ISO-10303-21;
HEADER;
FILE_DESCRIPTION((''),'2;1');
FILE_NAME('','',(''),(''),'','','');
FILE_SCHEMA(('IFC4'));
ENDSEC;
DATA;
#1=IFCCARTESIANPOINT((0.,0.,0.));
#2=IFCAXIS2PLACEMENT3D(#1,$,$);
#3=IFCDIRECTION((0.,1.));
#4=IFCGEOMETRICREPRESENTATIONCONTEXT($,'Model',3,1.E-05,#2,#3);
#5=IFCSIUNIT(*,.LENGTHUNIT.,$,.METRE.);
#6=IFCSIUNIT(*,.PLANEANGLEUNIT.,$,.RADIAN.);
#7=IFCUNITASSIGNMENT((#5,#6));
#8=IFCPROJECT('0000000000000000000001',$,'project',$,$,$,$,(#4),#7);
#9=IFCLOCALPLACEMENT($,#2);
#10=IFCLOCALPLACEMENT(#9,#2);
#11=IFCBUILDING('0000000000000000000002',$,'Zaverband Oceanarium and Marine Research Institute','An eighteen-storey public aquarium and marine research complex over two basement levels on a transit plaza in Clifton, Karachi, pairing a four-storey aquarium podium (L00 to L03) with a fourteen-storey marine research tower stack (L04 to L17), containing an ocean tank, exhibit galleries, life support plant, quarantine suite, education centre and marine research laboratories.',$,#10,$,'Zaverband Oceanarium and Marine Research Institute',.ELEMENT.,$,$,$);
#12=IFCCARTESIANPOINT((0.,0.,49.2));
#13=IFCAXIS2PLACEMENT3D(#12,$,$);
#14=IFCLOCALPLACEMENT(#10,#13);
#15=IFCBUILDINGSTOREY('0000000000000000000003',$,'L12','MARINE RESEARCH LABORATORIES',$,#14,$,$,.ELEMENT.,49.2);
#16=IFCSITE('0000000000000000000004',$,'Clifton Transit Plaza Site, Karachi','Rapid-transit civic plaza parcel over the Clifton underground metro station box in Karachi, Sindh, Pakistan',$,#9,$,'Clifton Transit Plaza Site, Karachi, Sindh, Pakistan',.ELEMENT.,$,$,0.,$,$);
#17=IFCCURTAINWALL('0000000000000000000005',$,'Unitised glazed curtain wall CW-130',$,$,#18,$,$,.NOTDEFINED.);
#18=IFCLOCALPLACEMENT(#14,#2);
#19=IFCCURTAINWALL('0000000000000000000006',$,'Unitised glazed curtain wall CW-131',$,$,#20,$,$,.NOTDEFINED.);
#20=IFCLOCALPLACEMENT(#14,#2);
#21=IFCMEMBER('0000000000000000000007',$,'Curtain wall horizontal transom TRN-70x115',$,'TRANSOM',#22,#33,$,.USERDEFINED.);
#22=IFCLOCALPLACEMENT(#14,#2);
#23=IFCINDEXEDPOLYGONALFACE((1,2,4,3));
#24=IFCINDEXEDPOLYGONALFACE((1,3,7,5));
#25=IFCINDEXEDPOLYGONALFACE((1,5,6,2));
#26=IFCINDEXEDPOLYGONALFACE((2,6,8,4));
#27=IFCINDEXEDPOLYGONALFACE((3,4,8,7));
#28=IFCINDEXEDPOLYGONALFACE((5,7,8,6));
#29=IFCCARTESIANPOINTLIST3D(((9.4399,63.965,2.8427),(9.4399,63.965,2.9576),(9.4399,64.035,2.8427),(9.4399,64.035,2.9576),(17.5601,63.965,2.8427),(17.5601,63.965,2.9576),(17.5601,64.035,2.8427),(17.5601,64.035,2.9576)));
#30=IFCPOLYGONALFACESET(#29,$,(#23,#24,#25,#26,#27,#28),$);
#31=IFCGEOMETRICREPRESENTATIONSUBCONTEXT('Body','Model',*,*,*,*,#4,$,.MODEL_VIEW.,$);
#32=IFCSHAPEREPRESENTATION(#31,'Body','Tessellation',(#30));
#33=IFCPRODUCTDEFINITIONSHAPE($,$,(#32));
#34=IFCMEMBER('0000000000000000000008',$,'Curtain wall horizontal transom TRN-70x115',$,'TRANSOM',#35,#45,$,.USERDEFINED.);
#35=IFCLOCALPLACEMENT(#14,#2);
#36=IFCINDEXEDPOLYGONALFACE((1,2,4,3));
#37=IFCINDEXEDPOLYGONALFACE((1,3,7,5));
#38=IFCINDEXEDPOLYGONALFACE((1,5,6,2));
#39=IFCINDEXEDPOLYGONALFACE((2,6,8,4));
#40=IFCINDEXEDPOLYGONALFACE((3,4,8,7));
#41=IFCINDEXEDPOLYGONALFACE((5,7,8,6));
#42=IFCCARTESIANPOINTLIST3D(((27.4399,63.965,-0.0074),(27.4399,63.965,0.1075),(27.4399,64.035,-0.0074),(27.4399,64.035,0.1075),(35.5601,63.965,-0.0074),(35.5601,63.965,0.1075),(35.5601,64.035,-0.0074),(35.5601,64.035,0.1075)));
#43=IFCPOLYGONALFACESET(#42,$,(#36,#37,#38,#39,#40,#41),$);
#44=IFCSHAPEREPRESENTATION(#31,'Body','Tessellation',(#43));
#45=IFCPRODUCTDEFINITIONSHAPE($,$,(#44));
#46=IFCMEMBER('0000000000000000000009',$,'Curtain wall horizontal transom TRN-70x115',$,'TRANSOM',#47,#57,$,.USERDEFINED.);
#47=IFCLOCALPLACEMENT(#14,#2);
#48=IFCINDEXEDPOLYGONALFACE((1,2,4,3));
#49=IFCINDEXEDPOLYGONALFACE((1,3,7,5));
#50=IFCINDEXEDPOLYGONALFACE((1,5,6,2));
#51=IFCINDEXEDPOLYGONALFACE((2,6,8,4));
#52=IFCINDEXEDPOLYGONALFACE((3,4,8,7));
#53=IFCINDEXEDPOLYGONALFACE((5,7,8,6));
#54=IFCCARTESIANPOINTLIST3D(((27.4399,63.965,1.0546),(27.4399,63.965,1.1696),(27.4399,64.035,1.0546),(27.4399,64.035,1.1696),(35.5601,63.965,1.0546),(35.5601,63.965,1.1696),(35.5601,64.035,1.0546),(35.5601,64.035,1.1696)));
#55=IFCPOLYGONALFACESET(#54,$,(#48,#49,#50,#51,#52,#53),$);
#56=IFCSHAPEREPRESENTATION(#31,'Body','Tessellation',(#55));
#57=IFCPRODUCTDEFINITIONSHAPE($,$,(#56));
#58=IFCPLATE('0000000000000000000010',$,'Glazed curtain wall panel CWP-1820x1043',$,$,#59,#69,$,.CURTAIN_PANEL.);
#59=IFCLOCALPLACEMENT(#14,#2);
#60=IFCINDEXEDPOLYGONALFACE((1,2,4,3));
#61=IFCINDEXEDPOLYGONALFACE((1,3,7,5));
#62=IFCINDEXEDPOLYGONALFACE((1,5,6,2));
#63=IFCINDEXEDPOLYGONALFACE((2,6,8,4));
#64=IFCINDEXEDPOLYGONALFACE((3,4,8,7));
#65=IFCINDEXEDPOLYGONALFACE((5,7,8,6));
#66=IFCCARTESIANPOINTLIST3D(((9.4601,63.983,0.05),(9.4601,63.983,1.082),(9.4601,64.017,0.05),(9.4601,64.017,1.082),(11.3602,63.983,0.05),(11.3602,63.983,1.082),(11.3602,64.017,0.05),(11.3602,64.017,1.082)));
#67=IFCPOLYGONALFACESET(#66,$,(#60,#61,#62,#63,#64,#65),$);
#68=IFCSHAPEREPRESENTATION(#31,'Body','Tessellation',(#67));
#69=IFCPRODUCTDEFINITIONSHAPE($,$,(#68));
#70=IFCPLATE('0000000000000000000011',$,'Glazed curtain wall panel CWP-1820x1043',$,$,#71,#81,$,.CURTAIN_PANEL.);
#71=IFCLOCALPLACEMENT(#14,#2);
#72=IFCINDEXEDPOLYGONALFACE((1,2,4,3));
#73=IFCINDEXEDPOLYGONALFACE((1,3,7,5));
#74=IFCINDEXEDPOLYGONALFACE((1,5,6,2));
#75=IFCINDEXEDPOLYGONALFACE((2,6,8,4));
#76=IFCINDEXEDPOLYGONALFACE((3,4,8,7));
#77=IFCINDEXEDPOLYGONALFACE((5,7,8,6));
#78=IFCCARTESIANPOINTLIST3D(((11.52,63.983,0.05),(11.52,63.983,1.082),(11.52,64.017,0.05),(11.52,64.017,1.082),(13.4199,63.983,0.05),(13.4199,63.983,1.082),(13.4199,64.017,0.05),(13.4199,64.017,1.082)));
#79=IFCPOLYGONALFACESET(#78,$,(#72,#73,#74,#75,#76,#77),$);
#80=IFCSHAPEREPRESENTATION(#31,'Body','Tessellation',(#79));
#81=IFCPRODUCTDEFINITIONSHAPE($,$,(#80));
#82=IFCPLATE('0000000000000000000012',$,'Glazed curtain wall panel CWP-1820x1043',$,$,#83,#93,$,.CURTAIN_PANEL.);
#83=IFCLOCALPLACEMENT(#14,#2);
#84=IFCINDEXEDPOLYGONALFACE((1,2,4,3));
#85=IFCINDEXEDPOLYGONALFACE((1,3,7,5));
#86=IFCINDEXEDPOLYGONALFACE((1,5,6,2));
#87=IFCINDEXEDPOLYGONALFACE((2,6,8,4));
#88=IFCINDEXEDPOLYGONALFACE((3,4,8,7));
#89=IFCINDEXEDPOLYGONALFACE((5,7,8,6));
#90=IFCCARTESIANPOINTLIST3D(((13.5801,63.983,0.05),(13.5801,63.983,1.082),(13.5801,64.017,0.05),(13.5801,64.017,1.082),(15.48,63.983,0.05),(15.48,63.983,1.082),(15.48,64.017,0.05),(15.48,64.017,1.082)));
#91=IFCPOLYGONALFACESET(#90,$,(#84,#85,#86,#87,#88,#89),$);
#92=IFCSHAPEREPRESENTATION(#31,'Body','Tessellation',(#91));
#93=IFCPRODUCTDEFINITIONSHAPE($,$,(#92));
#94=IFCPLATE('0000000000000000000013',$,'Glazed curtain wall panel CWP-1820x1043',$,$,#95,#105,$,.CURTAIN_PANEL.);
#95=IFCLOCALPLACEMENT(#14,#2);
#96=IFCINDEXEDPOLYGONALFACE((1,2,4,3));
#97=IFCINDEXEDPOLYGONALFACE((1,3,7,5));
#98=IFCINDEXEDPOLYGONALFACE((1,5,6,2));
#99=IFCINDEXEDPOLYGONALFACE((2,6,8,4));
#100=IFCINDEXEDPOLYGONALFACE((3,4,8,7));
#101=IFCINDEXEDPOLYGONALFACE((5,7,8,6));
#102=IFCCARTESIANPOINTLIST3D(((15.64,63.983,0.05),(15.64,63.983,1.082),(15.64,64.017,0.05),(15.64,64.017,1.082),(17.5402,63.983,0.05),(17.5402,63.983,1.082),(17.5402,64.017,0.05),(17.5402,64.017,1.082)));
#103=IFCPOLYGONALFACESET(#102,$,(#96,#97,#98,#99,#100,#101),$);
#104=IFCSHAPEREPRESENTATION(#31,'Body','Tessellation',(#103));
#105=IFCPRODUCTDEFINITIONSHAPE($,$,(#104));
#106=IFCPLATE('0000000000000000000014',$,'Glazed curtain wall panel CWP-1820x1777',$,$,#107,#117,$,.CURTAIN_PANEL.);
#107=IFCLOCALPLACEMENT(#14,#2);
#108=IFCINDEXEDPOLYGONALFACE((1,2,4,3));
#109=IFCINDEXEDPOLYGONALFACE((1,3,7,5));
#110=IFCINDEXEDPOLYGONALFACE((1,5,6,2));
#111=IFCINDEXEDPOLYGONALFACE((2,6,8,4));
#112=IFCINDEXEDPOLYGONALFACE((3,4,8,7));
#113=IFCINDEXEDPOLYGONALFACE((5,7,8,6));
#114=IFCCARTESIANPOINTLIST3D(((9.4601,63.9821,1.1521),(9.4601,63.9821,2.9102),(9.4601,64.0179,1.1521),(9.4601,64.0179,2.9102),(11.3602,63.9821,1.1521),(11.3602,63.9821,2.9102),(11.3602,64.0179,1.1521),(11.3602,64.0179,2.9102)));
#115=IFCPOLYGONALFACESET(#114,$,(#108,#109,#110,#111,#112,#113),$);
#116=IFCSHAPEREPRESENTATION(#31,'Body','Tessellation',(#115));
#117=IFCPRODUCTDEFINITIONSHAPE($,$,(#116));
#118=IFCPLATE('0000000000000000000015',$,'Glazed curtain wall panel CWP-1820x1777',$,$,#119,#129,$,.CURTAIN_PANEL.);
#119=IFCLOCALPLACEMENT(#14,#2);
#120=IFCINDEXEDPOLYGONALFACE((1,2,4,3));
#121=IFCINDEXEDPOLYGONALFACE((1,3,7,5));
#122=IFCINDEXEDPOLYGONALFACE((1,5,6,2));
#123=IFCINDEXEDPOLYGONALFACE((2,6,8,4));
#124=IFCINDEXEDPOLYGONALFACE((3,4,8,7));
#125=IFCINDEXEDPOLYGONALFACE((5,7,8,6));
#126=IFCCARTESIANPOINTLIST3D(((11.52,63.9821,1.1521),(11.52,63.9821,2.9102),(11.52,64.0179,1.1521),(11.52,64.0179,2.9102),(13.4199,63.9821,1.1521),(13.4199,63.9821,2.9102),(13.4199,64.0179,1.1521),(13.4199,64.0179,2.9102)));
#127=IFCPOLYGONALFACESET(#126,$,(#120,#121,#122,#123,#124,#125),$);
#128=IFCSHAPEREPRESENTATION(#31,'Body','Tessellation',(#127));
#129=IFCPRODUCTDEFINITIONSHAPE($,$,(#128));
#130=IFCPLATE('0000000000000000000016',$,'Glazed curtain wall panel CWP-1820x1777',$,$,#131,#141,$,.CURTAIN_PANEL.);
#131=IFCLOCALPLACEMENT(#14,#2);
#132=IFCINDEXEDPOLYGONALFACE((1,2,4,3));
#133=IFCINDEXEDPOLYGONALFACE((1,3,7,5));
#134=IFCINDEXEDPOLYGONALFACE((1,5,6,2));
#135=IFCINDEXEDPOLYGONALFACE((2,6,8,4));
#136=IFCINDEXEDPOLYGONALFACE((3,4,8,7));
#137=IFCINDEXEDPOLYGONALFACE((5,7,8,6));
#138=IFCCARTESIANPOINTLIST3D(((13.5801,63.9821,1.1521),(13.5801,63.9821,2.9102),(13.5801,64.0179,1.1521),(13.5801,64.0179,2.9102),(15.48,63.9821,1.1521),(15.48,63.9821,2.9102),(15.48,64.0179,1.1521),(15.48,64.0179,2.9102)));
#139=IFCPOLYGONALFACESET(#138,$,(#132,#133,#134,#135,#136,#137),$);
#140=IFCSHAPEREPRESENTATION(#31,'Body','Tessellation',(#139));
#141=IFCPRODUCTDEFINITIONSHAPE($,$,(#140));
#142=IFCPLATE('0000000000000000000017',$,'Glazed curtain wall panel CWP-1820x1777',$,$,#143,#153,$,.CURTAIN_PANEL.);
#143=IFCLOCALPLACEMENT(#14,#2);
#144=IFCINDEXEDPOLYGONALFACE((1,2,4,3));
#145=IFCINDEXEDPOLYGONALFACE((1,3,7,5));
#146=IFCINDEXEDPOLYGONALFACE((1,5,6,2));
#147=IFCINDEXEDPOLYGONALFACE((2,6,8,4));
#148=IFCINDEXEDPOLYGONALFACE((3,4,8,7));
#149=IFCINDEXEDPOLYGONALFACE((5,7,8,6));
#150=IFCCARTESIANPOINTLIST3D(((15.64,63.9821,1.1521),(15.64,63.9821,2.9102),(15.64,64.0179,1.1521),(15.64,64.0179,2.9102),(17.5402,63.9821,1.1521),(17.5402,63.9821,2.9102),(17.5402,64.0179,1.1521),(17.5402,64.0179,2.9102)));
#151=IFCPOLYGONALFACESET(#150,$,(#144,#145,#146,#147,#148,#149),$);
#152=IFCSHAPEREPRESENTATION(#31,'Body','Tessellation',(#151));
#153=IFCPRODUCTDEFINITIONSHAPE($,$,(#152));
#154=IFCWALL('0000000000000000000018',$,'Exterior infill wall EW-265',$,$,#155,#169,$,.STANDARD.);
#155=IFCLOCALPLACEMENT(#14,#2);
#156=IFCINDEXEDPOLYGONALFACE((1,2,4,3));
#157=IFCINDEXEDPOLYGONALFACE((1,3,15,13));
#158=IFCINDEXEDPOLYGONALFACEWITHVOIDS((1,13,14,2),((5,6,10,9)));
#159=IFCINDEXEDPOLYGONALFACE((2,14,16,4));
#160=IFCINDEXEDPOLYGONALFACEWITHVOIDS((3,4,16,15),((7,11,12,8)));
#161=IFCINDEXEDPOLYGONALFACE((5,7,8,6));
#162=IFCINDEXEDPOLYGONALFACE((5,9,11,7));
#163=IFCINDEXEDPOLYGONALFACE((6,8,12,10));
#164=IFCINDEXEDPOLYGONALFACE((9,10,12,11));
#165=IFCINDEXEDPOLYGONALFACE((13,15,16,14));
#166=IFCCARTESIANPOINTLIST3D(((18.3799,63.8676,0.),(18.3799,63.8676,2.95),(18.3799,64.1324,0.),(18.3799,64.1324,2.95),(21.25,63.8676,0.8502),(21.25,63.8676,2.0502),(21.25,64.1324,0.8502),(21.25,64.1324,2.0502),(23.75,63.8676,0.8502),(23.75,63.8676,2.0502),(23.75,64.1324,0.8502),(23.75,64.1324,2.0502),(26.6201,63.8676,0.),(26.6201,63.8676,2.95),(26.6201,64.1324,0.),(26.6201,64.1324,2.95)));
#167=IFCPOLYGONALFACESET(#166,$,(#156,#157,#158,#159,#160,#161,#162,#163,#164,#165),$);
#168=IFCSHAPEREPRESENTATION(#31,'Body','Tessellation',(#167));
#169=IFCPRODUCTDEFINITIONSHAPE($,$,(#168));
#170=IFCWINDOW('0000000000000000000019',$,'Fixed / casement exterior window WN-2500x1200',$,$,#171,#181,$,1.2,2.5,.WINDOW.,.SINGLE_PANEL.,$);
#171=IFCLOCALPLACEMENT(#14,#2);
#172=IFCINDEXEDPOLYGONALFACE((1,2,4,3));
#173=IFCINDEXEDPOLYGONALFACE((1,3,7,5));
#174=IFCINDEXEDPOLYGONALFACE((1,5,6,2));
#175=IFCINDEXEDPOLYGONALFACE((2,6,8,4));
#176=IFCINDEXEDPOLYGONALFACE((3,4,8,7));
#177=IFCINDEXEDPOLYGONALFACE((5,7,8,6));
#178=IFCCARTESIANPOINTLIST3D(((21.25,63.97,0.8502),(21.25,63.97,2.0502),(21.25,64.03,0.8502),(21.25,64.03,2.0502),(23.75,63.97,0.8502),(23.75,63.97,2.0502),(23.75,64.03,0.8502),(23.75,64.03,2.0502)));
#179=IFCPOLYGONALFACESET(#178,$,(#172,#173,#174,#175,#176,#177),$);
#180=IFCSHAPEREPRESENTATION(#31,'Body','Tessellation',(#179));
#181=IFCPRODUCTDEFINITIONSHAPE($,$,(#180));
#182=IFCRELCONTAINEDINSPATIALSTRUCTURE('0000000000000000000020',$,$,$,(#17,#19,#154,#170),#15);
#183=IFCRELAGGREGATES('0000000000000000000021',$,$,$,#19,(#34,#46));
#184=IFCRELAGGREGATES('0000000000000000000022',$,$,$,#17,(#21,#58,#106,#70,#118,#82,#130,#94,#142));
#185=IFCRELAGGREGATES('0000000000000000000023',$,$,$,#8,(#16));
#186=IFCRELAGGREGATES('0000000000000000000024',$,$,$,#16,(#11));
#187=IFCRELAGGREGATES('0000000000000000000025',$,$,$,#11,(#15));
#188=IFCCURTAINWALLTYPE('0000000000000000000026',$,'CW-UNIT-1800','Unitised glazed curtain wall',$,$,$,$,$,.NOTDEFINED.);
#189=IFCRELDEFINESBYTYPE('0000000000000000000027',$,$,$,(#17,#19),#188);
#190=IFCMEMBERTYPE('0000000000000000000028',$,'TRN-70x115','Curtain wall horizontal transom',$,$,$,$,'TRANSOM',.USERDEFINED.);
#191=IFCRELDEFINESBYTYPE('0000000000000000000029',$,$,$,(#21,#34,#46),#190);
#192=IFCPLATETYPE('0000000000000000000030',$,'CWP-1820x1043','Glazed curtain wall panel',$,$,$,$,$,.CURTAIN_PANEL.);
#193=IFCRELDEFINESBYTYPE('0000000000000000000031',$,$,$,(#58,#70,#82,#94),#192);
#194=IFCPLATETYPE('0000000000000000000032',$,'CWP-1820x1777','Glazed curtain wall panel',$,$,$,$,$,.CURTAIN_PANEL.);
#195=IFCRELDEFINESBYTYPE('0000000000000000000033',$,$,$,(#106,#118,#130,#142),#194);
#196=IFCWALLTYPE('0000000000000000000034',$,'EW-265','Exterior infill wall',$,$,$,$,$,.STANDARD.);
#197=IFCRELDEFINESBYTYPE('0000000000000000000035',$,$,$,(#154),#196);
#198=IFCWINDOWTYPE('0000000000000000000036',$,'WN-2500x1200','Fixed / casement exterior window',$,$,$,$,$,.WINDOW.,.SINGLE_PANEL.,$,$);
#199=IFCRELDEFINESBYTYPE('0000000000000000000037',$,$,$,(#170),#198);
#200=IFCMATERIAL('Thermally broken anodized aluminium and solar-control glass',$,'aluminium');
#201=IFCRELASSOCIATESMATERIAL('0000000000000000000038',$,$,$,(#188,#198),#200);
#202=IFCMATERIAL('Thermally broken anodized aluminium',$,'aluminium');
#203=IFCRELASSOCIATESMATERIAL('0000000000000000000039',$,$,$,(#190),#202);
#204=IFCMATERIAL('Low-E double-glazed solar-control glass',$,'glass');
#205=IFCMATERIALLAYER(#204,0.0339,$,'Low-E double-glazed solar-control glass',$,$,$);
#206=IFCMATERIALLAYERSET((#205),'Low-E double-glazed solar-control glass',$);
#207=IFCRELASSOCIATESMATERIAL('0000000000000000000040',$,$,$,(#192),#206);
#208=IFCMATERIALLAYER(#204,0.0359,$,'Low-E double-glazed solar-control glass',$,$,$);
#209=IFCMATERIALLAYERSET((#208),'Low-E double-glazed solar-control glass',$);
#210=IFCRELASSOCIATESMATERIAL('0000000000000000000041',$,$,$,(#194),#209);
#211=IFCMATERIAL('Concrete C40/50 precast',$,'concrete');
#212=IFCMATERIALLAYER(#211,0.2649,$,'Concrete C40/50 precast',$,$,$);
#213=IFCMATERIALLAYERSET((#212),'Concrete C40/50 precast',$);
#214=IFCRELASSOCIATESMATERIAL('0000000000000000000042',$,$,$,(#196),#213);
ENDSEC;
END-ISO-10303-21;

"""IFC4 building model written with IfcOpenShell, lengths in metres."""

from ifc_helpers import new_model, si_unit, direction, frame, frame_2d, origin, origin_2d, place, context, subcontext, project, spatial, rectangle, extrude, material, layer, layer_set, material_profile, profile_set, type_object, element, fill, aggregate, save


model = new_model("IFC4")

# Units and contexts
model_context = context("Model", 3, precision=1e-05, world=origin(), true_north=direction((0.0, 1.0)))
body_context = subcontext(model_context, "Body", "Model", "MODEL_VIEW")
ifc_project = project(units=[si_unit("LENGTHUNIT", "METRE"), si_unit("PLANEANGLEUNIT", "RADIAN")], contexts=[model_context])

# Site, building, storey
site_placement = place(None, origin())
site = spatial("IfcSite", under=ifc_project, at=site_placement, Name="Clifton Transit Plaza Site, Karachi", Description="Rapid-transit civic plaza parcel over the Clifton underground metro station box in Karachi, Sindh, Pakistan", LongName="Clifton Transit Plaza Site, Karachi, Sindh, Pakistan", CompositionType="ELEMENT", RefElevation=0.0)
building_placement = place(site_placement, origin())
building = spatial("IfcBuilding", under=site, at=building_placement, Name="Zaverband Oceanarium and Marine Research Institute", Description="An eighteen-storey public aquarium and marine research complex over two basement levels on a transit plaza in Clifton, Karachi, pairing a four-storey aquarium podium (L00 to L03) with a fourteen-storey marine research tower stack (L04 to L17), containing an ocean tank, exhibit galleries, life support plant, quarantine suite, education centre and marine research laboratories.", LongName="Zaverband Oceanarium and Marine Research Institute", CompositionType="ELEMENT")
storey_placement = place(building_placement, frame((0.0, 0.0, 49.2)))
storey = spatial("IfcBuildingStorey", under=building, at=storey_placement, Name="L12", Description="MARINE RESEARCH LABORATORIES", CompositionType="ELEMENT", Elevation=49.2)

# Curtain walls
ifc_material_1 = material(Name="Thermally broken anodized aluminium and solar-control glass", Category="aluminium")
curtain_wall_type = type_object("IfcCurtainWallType", Name="CW-UNIT-1800", Description="Unitised glazed curtain wall", PredefinedType="NOTDEFINED", material=ifc_material_1)
curtain_wall_1_placement = place(storey_placement, origin())
curtain_wall_1 = element("IfcCurtainWall", 1, at=curtain_wall_1_placement, inside=storey, type_object=curtain_wall_type, Name="Unitised glazed curtain wall CW-130", PredefinedType="NOTDEFINED")
ifc_material_2 = material(Name="Thermally broken anodized aluminium", Category="aluminium")
curtain_wall_2_placement = place(storey_placement, origin())
curtain_wall_2 = element("IfcCurtainWall", 2, at=curtain_wall_2_placement, inside=storey, type_object=curtain_wall_type, Name="Unitised glazed curtain wall CW-131", PredefinedType="NOTDEFINED")

# Members
ifc_material_profile_1 = material_profile(ifc_material_2, rectangle(XDim=0.0701, YDim=0.115, at=origin_2d()), Name="AL-TRN-70x115")
ifc_profile_set_1 = profile_set([ifc_material_profile_1], Name="Thermally broken anodized aluminium")
member_type_1 = type_object("IfcMemberType", Name="TRN-70x115", Description="Curtain wall horizontal transom", ElementType="TRANSOM", PredefinedType="USERDEFINED", material=ifc_profile_set_1)
member_1_placement = place(storey_placement, frame((9.4399, 64.0, 2.9001), z_axis=(1.0, 0.0, 0.0), x_axis=(0.0, 1.0, 0.0)))
member_1 = element("IfcMember", 3, at=member_1_placement, type_object=member_type_1, Name="Curtain wall horizontal transom TRN-70x115", ObjectType="TRANSOM", PredefinedType="USERDEFINED", context=body_context, shape_type="SweptSolid", body=[
    extrude(rectangle(XDim=0.0701, YDim=0.115, at=origin_2d()), origin(), (0.0, 0.0, 1.0), 8.1201),
])
member_2_placement = place(storey_placement, frame((27.4399, 64.0, 0.05), z_axis=(1.0, 0.0, 0.0), x_axis=(0.0, 1.0, 0.0)))
member_2 = element("IfcMember", 4, at=member_2_placement, type_object=member_type_1, Name="Curtain wall horizontal transom TRN-70x115", ObjectType="TRANSOM", PredefinedType="USERDEFINED", context=body_context, shape_type="SweptSolid", body=[
    extrude(rectangle(XDim=0.0701, YDim=0.115, at=origin_2d()), origin(), (0.0, 0.0, 1.0), 8.1201),
])
member_3_placement = place(storey_placement, frame((27.4399, 64.0, 1.1121), z_axis=(1.0, 0.0, 0.0), x_axis=(0.0, 1.0, 0.0)))
member_3 = element("IfcMember", 5, at=member_3_placement, type_object=member_type_1, Name="Curtain wall horizontal transom TRN-70x115", ObjectType="TRANSOM", PredefinedType="USERDEFINED", context=body_context, shape_type="SweptSolid", body=[
    extrude(rectangle(XDim=0.0701, YDim=0.115, at=origin_2d()), origin(), (0.0, 0.0, 1.0), 8.1201),
])
aggregate(curtain_wall_2, [member_2, member_3])

# Plates
ifc_material_3 = material(Name="Low-E double-glazed solar-control glass", Category="glass")
ifc_layer_1 = layer(ifc_material_3, 0.0339, Name="Low-E double-glazed solar-control glass")
ifc_layer_set_1 = layer_set([ifc_layer_1], Name="Low-E double-glazed solar-control glass")
plate_type_1 = type_object("IfcPlateType", Name="CWP-1820x1043", Description="Glazed curtain wall panel", PredefinedType="CURTAIN_PANEL", material=ifc_layer_set_1)
plate_1_placement = place(storey_placement, frame((9.46, 64.0, 0.05), z_axis=(0.0, 0.0, 1.0), x_axis=(1.0, 0.0, 0.0)))
plate_1 = element("IfcPlate", 6, at=plate_1_placement, type_object=plate_type_1, Name="Glazed curtain wall panel CWP-1820x1043", PredefinedType="CURTAIN_PANEL", context=body_context, shape_type="SweptSolid", body=[
    extrude(rectangle(XDim=1.9001, YDim=0.0339, at=frame_2d((0.9502, 0.0))), origin(), (0.0, 0.0, 1.0), 1.032),
])
plate_2_placement = place(storey_placement, frame((11.52, 64.0, 0.05), z_axis=(0.0, 0.0, 1.0), x_axis=(1.0, 0.0, 0.0)))
plate_2 = element("IfcPlate", 7, at=plate_2_placement, type_object=plate_type_1, Name="Glazed curtain wall panel CWP-1820x1043", PredefinedType="CURTAIN_PANEL", context=body_context, shape_type="SweptSolid", body=[
    extrude(rectangle(XDim=1.8999, YDim=0.0339, at=frame_2d((0.95, 0.0))), origin(), (0.0, 0.0, 1.0), 1.032),
])
plate_3_placement = place(storey_placement, frame((13.5801, 64.0, 0.05), z_axis=(0.0, 0.0, 1.0), x_axis=(1.0, 0.0, 0.0)))
plate_3 = element("IfcPlate", 8, at=plate_3_placement, type_object=plate_type_1, Name="Glazed curtain wall panel CWP-1820x1043", PredefinedType="CURTAIN_PANEL", context=body_context, shape_type="SweptSolid", body=[
    extrude(rectangle(XDim=1.8999, YDim=0.0339, at=frame_2d((0.95, 0.0))), origin(), (0.0, 0.0, 1.0), 1.032),
])
plate_4_placement = place(storey_placement, frame((15.6399, 64.0, 0.05), z_axis=(0.0, 0.0, 1.0), x_axis=(1.0, 0.0, 0.0)))
plate_4 = element("IfcPlate", 9, at=plate_4_placement, type_object=plate_type_1, Name="Glazed curtain wall panel CWP-1820x1043", PredefinedType="CURTAIN_PANEL", context=body_context, shape_type="SweptSolid", body=[
    extrude(rectangle(XDim=1.9001, YDim=0.0339, at=frame_2d((0.9502, 0.0))), origin(), (0.0, 0.0, 1.0), 1.032),
])
ifc_layer_2 = layer(ifc_material_3, 0.0359, Name="Low-E double-glazed solar-control glass")
ifc_layer_set_2 = layer_set([ifc_layer_2], Name="Low-E double-glazed solar-control glass")
plate_type_2 = type_object("IfcPlateType", Name="CWP-1820x1777", Description="Glazed curtain wall panel", PredefinedType="CURTAIN_PANEL", material=ifc_layer_set_2)
plate_5_placement = place(storey_placement, frame((9.46, 64.0, 1.1521), z_axis=(0.0, 0.0, 1.0), x_axis=(1.0, 0.0, 0.0)))
plate_5 = element("IfcPlate", 10, at=plate_5_placement, type_object=plate_type_2, Name="Glazed curtain wall panel CWP-1820x1777", PredefinedType="CURTAIN_PANEL", context=body_context, shape_type="SweptSolid", body=[
    extrude(rectangle(XDim=1.9001, YDim=0.0359, at=frame_2d((0.9502, 0.0))), origin(), (0.0, 0.0, 1.0), 1.7581),
])
plate_6_placement = place(storey_placement, frame((11.52, 64.0, 1.1521), z_axis=(0.0, 0.0, 1.0), x_axis=(1.0, 0.0, 0.0)))
plate_6 = element("IfcPlate", 11, at=plate_6_placement, type_object=plate_type_2, Name="Glazed curtain wall panel CWP-1820x1777", PredefinedType="CURTAIN_PANEL", context=body_context, shape_type="SweptSolid", body=[
    extrude(rectangle(XDim=1.8999, YDim=0.0359, at=frame_2d((0.95, 0.0))), origin(), (0.0, 0.0, 1.0), 1.7581),
])
plate_7_placement = place(storey_placement, frame((13.5801, 64.0, 1.1521), z_axis=(0.0, 0.0, 1.0), x_axis=(1.0, 0.0, 0.0)))
plate_7 = element("IfcPlate", 12, at=plate_7_placement, type_object=plate_type_2, Name="Glazed curtain wall panel CWP-1820x1777", PredefinedType="CURTAIN_PANEL", context=body_context, shape_type="SweptSolid", body=[
    extrude(rectangle(XDim=1.8999, YDim=0.0359, at=frame_2d((0.95, 0.0))), origin(), (0.0, 0.0, 1.0), 1.7581),
])
plate_8_placement = place(storey_placement, frame((15.6399, 64.0, 1.1521), z_axis=(0.0, 0.0, 1.0), x_axis=(1.0, 0.0, 0.0)))
plate_8 = element("IfcPlate", 13, at=plate_8_placement, type_object=plate_type_2, Name="Glazed curtain wall panel CWP-1820x1777", PredefinedType="CURTAIN_PANEL", context=body_context, shape_type="SweptSolid", body=[
    extrude(rectangle(XDim=1.9001, YDim=0.0359, at=frame_2d((0.9502, 0.0))), origin(), (0.0, 0.0, 1.0), 1.7581),
])
aggregate(curtain_wall_1, [member_1, plate_1, plate_5, plate_2, plate_6, plate_3, plate_7, plate_4, plate_8])

# Wall, opening, window
ifc_material_4 = material(Name="Concrete C40/50 precast", Category="concrete")
ifc_layer_3 = layer(ifc_material_4, 0.2649, Name="Concrete C40/50 precast")
ifc_layer_set_3 = layer_set([ifc_layer_3], Name="Concrete C40/50 precast")
wall_type = type_object("IfcWallType", Name="EW-265", Description="Exterior infill wall", PredefinedType="STANDARD", material=ifc_layer_set_3)
wall_placement = place(storey_placement, frame((18.3799, 64.0, 0.0), z_axis=(0.0, 0.0, 1.0), x_axis=(1.0, 0.0, 0.0)))
wall = element("IfcWall", 14, at=wall_placement, inside=storey, type_object=wall_type, Name="Exterior infill wall EW-265", PredefinedType="STANDARD", context=body_context, shape_type="SweptSolid", body=[
    extrude(rectangle(XDim=8.2402, YDim=0.2649, at=frame_2d((4.1201, 0.0))), origin(), (0.0, 0.0, 1.0), 2.95),
])
opening_placement = place(wall_placement, frame((2.8701, 0.0, 0.8501)))
opening = element("IfcOpeningElement", 15, at=opening_placement, cuts=wall, PredefinedType="OPENING", context=body_context, shape_type="SweptSolid", body=[
    extrude(rectangle(XDim=2.5, YDim=1.2, at=frame_2d((1.25, 0.6001))), frame((0.0, 0.1445, 0.0), z_axis=(0.0, -1.0, 0.0), x_axis=(1.0, 0.0, 0.0)), (0.0, 0.0, 1.0), 0.2888),
])
window_type = type_object("IfcWindowType", Name="WN-2500x1200", Description="Fixed / casement exterior window", PartitioningType="SINGLE_PANEL", PredefinedType="WINDOW", material=ifc_material_1)
window_placement = place(opening_placement, origin())
window = element("IfcWindow", 16, at=window_placement, inside=storey, type_object=window_type, Name="Fixed / casement exterior window WN-2500x1200", OverallHeight=1.2, OverallWidth=2.5, PartitioningType="SINGLE_PANEL", PredefinedType="WINDOW", context=body_context, shape_type="SweptSolid", body=[
    extrude(rectangle(XDim=2.5, YDim=1.2, at=frame_2d((1.25, 0.6001))), frame((0.0, 0.03, 0.0), z_axis=(0.0, -1.0, 0.0), x_axis=(1.0, 0.0, 0.0)), (0.0, 0.0, 1.0), 0.0601),
])
fill(opening, window)

save(model, "model.ifc")
